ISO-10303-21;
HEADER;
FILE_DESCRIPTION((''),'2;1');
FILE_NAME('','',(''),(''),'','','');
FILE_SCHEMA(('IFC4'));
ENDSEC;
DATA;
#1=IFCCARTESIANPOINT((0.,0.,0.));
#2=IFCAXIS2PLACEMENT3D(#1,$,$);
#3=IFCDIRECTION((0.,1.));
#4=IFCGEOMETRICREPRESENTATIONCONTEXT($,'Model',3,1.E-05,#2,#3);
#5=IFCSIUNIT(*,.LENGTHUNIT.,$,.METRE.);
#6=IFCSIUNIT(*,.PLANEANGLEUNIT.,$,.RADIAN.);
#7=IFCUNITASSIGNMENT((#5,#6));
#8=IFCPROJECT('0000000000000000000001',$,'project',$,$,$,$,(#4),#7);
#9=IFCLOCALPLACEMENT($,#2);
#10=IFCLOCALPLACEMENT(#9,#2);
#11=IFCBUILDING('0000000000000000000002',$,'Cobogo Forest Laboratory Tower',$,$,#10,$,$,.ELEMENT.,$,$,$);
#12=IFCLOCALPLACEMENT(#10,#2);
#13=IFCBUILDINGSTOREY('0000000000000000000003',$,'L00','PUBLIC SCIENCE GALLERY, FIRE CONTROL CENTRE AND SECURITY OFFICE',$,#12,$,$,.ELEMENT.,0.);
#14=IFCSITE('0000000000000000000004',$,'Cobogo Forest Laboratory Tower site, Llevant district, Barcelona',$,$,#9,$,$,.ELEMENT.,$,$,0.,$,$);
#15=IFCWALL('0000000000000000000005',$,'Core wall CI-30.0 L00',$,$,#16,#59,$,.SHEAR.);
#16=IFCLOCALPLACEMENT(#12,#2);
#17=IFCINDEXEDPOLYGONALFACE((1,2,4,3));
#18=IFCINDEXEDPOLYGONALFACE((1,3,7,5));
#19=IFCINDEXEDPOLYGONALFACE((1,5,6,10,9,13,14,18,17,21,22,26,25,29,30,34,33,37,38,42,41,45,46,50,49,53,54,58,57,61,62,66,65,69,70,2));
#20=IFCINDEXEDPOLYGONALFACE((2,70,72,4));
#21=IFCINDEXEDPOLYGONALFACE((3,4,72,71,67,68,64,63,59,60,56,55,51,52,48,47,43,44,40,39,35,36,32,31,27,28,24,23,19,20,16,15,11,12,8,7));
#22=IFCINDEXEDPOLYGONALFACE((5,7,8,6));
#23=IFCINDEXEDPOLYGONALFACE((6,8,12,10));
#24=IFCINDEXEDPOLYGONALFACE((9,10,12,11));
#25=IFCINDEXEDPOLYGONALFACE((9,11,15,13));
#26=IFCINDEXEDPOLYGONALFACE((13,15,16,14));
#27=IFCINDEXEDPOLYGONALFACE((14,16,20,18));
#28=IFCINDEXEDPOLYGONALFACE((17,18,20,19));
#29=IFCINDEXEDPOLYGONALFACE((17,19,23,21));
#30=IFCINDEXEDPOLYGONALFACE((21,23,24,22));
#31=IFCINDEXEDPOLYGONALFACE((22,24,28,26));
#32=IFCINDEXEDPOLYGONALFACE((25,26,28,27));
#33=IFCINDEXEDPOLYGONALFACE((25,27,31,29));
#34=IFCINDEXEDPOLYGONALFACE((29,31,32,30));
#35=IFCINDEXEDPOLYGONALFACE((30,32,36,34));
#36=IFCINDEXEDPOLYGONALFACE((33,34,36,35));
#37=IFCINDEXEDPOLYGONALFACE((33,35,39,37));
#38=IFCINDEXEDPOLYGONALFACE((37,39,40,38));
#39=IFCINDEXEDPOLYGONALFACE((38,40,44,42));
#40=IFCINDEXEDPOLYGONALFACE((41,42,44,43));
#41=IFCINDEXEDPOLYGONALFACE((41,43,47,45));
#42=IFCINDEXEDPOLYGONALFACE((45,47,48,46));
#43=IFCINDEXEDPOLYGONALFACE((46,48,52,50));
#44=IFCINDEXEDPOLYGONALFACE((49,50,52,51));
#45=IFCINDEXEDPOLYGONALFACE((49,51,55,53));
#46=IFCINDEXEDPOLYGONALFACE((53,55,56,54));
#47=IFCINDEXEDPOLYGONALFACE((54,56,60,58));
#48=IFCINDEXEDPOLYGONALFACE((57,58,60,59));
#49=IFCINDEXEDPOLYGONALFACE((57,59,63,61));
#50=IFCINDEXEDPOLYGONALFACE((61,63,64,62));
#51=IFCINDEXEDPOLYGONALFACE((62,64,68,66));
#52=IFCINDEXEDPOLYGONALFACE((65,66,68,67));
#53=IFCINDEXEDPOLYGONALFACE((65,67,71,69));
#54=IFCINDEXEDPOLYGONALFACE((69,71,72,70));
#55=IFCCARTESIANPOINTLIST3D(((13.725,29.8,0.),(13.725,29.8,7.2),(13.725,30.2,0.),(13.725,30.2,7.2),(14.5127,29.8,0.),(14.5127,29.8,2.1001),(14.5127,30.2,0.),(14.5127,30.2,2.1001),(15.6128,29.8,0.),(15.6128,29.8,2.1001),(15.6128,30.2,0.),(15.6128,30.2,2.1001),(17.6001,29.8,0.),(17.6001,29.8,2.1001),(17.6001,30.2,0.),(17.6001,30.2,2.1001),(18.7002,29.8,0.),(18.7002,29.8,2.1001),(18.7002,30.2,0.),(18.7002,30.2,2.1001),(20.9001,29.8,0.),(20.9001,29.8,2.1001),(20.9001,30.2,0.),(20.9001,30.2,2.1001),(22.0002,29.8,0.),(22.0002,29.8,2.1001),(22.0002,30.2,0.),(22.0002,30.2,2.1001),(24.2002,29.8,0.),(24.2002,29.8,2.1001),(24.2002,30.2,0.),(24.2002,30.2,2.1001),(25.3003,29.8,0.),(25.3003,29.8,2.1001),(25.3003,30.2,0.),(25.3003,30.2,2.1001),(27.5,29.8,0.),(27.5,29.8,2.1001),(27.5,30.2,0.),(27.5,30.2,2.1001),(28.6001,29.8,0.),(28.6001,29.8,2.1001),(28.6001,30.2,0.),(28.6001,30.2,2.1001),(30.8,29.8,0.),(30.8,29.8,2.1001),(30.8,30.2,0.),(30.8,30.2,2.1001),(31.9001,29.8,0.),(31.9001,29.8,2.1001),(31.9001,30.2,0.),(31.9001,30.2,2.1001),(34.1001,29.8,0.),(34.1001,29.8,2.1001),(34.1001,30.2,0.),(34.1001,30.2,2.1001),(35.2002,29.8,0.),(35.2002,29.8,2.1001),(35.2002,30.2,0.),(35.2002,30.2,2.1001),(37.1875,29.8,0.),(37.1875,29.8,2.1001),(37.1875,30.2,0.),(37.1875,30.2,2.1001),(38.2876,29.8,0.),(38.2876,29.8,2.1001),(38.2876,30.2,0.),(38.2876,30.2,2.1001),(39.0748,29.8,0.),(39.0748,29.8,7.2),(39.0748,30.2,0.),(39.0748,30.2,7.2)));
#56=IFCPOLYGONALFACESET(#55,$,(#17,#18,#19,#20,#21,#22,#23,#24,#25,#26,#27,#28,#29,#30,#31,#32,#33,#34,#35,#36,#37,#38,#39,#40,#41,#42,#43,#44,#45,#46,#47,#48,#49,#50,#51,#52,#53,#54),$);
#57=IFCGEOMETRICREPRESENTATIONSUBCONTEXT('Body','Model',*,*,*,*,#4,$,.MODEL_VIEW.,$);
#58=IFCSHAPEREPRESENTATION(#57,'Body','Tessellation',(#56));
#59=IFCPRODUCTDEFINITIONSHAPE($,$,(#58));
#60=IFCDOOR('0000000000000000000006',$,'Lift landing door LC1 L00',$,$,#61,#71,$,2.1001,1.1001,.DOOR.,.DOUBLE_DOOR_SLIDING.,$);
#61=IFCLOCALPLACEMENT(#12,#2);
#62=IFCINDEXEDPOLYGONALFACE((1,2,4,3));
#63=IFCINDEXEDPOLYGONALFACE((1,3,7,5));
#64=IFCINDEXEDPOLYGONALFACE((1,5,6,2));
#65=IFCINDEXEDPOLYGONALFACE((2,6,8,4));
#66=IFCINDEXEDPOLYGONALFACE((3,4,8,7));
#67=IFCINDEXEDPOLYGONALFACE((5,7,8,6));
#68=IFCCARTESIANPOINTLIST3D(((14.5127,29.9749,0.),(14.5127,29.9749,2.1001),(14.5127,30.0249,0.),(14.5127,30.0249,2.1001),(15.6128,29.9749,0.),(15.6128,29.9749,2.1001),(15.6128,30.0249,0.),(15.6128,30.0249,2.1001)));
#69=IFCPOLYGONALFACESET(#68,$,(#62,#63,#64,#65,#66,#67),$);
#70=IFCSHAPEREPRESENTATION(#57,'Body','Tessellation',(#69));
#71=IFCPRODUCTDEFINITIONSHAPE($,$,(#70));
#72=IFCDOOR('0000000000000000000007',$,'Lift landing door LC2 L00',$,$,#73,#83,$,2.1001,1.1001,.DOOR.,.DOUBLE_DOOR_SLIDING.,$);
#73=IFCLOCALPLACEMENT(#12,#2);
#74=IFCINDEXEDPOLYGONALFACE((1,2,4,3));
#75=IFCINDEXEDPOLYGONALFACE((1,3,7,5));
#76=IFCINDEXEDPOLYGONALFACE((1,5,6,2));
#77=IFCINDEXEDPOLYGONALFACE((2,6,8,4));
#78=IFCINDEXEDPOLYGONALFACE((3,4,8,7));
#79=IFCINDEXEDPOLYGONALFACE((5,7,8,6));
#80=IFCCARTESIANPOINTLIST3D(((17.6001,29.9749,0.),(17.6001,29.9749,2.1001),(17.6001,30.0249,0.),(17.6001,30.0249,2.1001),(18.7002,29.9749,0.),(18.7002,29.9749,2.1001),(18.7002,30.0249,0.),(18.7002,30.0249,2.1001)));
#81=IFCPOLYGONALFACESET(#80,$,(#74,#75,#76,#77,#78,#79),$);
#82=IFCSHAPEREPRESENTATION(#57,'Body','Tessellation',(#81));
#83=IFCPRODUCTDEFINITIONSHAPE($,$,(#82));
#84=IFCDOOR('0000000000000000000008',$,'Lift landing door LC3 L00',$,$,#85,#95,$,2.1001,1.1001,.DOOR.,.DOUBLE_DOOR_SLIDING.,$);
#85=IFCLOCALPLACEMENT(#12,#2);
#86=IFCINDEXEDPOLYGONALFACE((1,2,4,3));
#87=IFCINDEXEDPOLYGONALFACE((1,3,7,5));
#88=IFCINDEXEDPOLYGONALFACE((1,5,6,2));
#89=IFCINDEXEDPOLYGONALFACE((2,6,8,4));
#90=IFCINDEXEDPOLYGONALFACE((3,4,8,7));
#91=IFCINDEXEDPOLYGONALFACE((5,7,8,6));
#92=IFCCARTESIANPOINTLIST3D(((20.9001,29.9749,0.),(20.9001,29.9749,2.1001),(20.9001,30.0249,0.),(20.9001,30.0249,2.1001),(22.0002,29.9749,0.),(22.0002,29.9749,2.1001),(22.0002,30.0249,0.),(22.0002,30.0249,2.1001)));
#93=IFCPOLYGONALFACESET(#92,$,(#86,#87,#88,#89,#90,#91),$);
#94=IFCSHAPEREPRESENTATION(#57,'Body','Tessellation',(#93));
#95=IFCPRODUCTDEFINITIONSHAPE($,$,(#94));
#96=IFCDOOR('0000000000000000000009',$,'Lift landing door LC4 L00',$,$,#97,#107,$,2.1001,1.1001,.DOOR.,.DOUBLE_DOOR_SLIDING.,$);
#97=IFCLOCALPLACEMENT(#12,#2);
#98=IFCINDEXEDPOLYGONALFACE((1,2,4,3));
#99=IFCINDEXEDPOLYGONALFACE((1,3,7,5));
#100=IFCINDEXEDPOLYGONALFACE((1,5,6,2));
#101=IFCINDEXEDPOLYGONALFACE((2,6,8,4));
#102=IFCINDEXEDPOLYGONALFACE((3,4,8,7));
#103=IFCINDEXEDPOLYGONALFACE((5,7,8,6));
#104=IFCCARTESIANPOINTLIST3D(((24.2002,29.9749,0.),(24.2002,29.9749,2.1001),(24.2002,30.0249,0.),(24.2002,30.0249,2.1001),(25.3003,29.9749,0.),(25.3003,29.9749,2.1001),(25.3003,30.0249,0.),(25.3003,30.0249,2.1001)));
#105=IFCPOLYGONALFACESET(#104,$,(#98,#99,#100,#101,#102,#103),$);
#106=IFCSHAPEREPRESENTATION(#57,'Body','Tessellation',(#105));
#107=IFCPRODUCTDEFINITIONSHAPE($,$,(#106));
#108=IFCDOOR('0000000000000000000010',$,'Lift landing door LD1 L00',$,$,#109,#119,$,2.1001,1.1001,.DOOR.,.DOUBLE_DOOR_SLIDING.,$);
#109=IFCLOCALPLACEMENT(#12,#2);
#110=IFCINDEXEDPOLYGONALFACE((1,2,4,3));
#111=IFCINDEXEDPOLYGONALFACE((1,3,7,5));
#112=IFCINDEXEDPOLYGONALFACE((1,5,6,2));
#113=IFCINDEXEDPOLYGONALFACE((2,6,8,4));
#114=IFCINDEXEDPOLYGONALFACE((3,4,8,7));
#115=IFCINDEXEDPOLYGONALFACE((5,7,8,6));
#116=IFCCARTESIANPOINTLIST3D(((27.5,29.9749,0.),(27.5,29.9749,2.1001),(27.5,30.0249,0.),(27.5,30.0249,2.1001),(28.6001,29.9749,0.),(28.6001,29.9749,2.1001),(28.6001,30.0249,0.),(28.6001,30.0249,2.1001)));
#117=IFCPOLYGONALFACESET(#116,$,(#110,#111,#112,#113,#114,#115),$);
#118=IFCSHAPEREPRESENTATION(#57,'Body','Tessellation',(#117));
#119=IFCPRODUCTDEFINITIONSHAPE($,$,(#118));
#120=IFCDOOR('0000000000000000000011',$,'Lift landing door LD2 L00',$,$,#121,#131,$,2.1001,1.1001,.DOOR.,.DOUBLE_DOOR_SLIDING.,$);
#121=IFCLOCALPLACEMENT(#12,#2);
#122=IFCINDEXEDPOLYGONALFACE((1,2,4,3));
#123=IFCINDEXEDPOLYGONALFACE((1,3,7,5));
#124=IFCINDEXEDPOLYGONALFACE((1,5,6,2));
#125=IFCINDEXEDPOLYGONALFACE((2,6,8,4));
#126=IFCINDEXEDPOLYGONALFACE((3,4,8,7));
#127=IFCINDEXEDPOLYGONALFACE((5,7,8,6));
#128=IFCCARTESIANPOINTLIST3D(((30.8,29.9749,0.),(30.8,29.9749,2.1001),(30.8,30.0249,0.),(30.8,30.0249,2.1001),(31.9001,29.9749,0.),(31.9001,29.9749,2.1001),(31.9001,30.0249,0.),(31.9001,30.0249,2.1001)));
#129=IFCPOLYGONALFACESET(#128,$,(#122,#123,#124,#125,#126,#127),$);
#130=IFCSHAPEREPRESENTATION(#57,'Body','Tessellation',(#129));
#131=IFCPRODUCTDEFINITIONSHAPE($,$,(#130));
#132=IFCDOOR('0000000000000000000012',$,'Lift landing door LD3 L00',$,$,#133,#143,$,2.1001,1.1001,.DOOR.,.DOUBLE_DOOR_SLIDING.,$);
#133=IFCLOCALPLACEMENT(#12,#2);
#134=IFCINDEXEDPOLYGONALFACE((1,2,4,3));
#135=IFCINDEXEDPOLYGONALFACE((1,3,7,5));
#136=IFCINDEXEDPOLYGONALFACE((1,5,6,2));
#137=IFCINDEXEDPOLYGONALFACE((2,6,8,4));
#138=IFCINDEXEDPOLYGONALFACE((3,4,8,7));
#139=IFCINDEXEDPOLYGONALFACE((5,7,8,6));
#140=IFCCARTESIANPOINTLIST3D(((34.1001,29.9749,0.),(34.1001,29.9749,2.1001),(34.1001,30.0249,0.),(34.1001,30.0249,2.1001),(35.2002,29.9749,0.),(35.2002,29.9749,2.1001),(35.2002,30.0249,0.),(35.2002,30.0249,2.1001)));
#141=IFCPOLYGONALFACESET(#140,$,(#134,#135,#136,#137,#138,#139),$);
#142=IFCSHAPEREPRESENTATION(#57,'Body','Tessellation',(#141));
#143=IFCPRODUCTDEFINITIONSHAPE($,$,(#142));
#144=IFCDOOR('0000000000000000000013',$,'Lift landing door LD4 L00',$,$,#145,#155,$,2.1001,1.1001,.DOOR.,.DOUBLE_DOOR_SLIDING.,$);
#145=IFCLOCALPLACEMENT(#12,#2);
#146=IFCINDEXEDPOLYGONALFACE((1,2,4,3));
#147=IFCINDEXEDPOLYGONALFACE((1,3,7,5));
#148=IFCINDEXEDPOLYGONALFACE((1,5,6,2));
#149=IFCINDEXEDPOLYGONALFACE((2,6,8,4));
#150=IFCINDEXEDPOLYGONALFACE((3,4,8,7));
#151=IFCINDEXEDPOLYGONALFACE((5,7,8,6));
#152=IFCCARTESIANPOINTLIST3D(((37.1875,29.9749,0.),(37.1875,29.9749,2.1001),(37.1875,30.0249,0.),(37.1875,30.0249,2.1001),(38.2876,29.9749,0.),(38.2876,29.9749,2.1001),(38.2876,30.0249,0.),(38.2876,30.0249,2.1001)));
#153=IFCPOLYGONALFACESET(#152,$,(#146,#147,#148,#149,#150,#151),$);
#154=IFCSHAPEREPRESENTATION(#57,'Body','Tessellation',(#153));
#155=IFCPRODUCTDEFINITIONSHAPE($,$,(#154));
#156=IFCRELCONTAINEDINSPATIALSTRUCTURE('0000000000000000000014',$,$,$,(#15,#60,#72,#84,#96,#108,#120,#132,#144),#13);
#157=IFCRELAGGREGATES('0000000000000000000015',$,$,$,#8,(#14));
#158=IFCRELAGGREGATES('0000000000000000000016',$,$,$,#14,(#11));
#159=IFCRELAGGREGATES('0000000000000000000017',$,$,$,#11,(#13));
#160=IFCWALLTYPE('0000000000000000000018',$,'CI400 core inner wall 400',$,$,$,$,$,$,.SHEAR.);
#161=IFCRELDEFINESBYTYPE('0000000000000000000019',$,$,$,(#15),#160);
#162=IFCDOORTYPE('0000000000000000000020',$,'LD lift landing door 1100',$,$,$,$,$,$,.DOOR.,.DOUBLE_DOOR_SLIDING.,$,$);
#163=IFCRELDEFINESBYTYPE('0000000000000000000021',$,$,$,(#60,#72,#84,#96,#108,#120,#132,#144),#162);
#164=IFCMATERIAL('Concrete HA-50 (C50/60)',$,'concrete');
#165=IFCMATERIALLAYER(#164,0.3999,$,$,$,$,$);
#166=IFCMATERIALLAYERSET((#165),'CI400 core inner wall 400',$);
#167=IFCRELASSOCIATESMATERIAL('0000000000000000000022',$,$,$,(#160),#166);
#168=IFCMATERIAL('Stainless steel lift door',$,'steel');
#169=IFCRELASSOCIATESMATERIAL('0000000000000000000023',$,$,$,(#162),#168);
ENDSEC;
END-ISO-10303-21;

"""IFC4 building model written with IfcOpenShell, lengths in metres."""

from ifc_helpers import new_model, si_unit, direction, frame, frame_2d, origin, place, context, subcontext, project, spatial, rectangle, extrude, material, layer, layer_set, type_object, element, fill, save


model = new_model("IFC4")

# Units and contexts
model_context = context("Model", 3, precision=1e-05, world=origin(), true_north=direction((0.0, 1.0)))
body_context = subcontext(model_context, "Body", "Model", "MODEL_VIEW")
ifc_project = project(units=[si_unit("LENGTHUNIT", "METRE"), si_unit("PLANEANGLEUNIT", "RADIAN")], contexts=[model_context])

# Site, building, storey
site_placement = place(None, origin())
site = spatial("IfcSite", under=ifc_project, at=site_placement, Name="Cobogo Forest Laboratory Tower site, Llevant district, Barcelona", CompositionType="ELEMENT", RefElevation=0.0)
building_placement = place(site_placement, origin())
building = spatial("IfcBuilding", under=site, at=building_placement, Name="Cobogo Forest Laboratory Tower", CompositionType="ELEMENT")
storey_placement = place(building_placement, origin())
storey = spatial("IfcBuildingStorey", under=building, at=storey_placement, Name="L00", Description="PUBLIC SCIENCE GALLERY, FIRE CONTROL CENTRE AND SECURITY OFFICE", CompositionType="ELEMENT", Elevation=0.0)

# Wall, openings, doors
ifc_material_1 = material(Name="Concrete HA-50 (C50/60)", Category="concrete")
ifc_layer_1 = layer(ifc_material_1, 0.3999)
ifc_layer_set_1 = layer_set([ifc_layer_1], Name="CI400 core inner wall 400")
wall_type_1 = type_object("IfcWallType", Name="CI400 core inner wall 400", PredefinedType="SHEAR", material=ifc_layer_set_1)
ifc_material_2 = material(Name="Stainless steel lift door", Category="steel")
door_type_1 = type_object("IfcDoorType", Name="LD lift landing door 1100", OperationType="DOUBLE_DOOR_SLIDING", PredefinedType="DOOR", material=ifc_material_2)
wall_1_placement = place(storey_placement, frame((13.7251, 30.0, 0.0), z_axis=(0.0, 0.0, 1.0), x_axis=(1.0, 0.0, 0.0)))
wall_1 = element("IfcWall", 1, at=wall_1_placement, inside=storey, type_object=wall_type_1, Name="Core wall CI-30.0 L00", PredefinedType="SHEAR", context=body_context, shape_type="SweptSolid", body=[
    extrude(rectangle(XDim=25.3499, YDim=0.3999, at=frame_2d((12.6748, 0.0))), origin(), (0.0, 0.0, 1.0), 7.2),
])
opening_1_placement = place(wall_1_placement, frame((0.7876, 0.0, 0.0)))
opening_1 = element("IfcOpeningElement", 2, at=opening_1_placement, cuts=wall_1, PredefinedType="OPENING", context=body_context, shape_type="SweptSolid", body=[
    extrude(rectangle(XDim=1.1001, YDim=2.1001, at=frame_2d((0.55, 1.05))), frame((0.0, 0.21, 0.0), z_axis=(0.0, -1.0, 0.0), x_axis=(1.0, 0.0, 0.0)), (0.0, 0.0, 1.0), 0.4199),
])
opening_2_placement = place(wall_1_placement, frame((3.875, 0.0, 0.0)))
opening_2 = element("IfcOpeningElement", 3, at=opening_2_placement, cuts=wall_1, PredefinedType="OPENING", context=body_context, shape_type="SweptSolid", body=[
    extrude(rectangle(XDim=1.1001, YDim=2.1001, at=frame_2d((0.55, 1.05))), frame((0.0, 0.21, 0.0), z_axis=(0.0, -1.0, 0.0), x_axis=(1.0, 0.0, 0.0)), (0.0, 0.0, 1.0), 0.4199),
])
opening_3_placement = place(wall_1_placement, frame((7.175, 0.0, 0.0)))
opening_3 = element("IfcOpeningElement", 4, at=opening_3_placement, cuts=wall_1, PredefinedType="OPENING", context=body_context, shape_type="SweptSolid", body=[
    extrude(rectangle(XDim=1.1001, YDim=2.1001, at=frame_2d((0.55, 1.05))), frame((0.0, 0.21, 0.0), z_axis=(0.0, -1.0, 0.0), x_axis=(1.0, 0.0, 0.0)), (0.0, 0.0, 1.0), 0.4199),
])
opening_4_placement = place(wall_1_placement, frame((10.4751, 0.0, 0.0)))
opening_4 = element("IfcOpeningElement", 5, at=opening_4_placement, cuts=wall_1, PredefinedType="OPENING", context=body_context, shape_type="SweptSolid", body=[
    extrude(rectangle(XDim=1.1001, YDim=2.1001, at=frame_2d((0.55, 1.05))), frame((0.0, 0.21, 0.0), z_axis=(0.0, -1.0, 0.0), x_axis=(1.0, 0.0, 0.0)), (0.0, 0.0, 1.0), 0.4199),
])
opening_5_placement = place(wall_1_placement, frame((13.7749, 0.0, 0.0)))
opening_5 = element("IfcOpeningElement", 6, at=opening_5_placement, cuts=wall_1, PredefinedType="OPENING", context=body_context, shape_type="SweptSolid", body=[
    extrude(rectangle(XDim=1.1001, YDim=2.1001, at=frame_2d((0.55, 1.05))), frame((0.0, 0.21, 0.0), z_axis=(0.0, -1.0, 0.0), x_axis=(1.0, 0.0, 0.0)), (0.0, 0.0, 1.0), 0.4199),
])
opening_6_placement = place(wall_1_placement, frame((17.075, 0.0, 0.0)))
opening_6 = element("IfcOpeningElement", 7, at=opening_6_placement, cuts=wall_1, PredefinedType="OPENING", context=body_context, shape_type="SweptSolid", body=[
    extrude(rectangle(XDim=1.1001, YDim=2.1001, at=frame_2d((0.55, 1.05))), frame((0.0, 0.21, 0.0), z_axis=(0.0, -1.0, 0.0), x_axis=(1.0, 0.0, 0.0)), (0.0, 0.0, 1.0), 0.4199),
])
opening_7_placement = place(wall_1_placement, frame((20.375, 0.0, 0.0)))
opening_7 = element("IfcOpeningElement", 8, at=opening_7_placement, cuts=wall_1, PredefinedType="OPENING", context=body_context, shape_type="SweptSolid", body=[
    extrude(rectangle(XDim=1.1001, YDim=2.1001, at=frame_2d((0.55, 1.05))), frame((0.0, 0.21, 0.0), z_axis=(0.0, -1.0, 0.0), x_axis=(1.0, 0.0, 0.0)), (0.0, 0.0, 1.0), 0.4199),
])
opening_8_placement = place(wall_1_placement, frame((23.4624, 0.0, 0.0)))
opening_8 = element("IfcOpeningElement", 9, at=opening_8_placement, cuts=wall_1, PredefinedType="OPENING", context=body_context, shape_type="SweptSolid", body=[
    extrude(rectangle(XDim=1.1001, YDim=2.1001, at=frame_2d((0.55, 1.05))), frame((0.0, 0.21, 0.0), z_axis=(0.0, -1.0, 0.0), x_axis=(1.0, 0.0, 0.0)), (0.0, 0.0, 1.0), 0.4199),
])
door_1_placement = place(opening_1_placement, origin())
door_1 = element("IfcDoor", 10, at=door_1_placement, inside=storey, type_object=door_type_1, Name="Lift landing door LC1 L00", OperationType="DOUBLE_DOOR_SLIDING", OverallHeight=2.1001, OverallWidth=1.1001, PredefinedType="DOOR", context=body_context, shape_type="SweptSolid", body=[
    extrude(rectangle(XDim=1.1001, YDim=2.1001, at=frame_2d((0.55, 1.05))), frame((0.0, 0.0249, 0.0), z_axis=(0.0, -1.0, 0.0), x_axis=(1.0, 0.0, 0.0)), (0.0, 0.0, 1.0), 0.05),
])
fill(opening_1, door_1)
door_2_placement = place(opening_2_placement, origin())
door_2 = element("IfcDoor", 11, at=door_2_placement, inside=storey, type_object=door_type_1, Name="Lift landing door LC2 L00", OperationType="DOUBLE_DOOR_SLIDING", OverallHeight=2.1001, OverallWidth=1.1001, PredefinedType="DOOR", context=body_context, shape_type="SweptSolid", body=[
    extrude(rectangle(XDim=1.1001, YDim=2.1001, at=frame_2d((0.55, 1.05))), frame((0.0, 0.0249, 0.0), z_axis=(0.0, -1.0, 0.0), x_axis=(1.0, 0.0, 0.0)), (0.0, 0.0, 1.0), 0.05),
])
fill(opening_2, door_2)
door_3_placement = place(opening_3_placement, origin())
door_3 = element("IfcDoor", 12, at=door_3_placement, inside=storey, type_object=door_type_1, Name="Lift landing door LC3 L00", OperationType="DOUBLE_DOOR_SLIDING", OverallHeight=2.1001, OverallWidth=1.1001, PredefinedType="DOOR", context=body_context, shape_type="SweptSolid", body=[
    extrude(rectangle(XDim=1.1001, YDim=2.1001, at=frame_2d((0.55, 1.05))), frame((0.0, 0.0249, 0.0), z_axis=(0.0, -1.0, 0.0), x_axis=(1.0, 0.0, 0.0)), (0.0, 0.0, 1.0), 0.05),
])
fill(opening_3, door_3)
door_4_placement = place(opening_4_placement, origin())
door_4 = element("IfcDoor", 13, at=door_4_placement, inside=storey, type_object=door_type_1, Name="Lift landing door LC4 L00", OperationType="DOUBLE_DOOR_SLIDING", OverallHeight=2.1001, OverallWidth=1.1001, PredefinedType="DOOR", context=body_context, shape_type="SweptSolid", body=[
    extrude(rectangle(XDim=1.1001, YDim=2.1001, at=frame_2d((0.55, 1.05))), frame((0.0, 0.0249, 0.0), z_axis=(0.0, -1.0, 0.0), x_axis=(1.0, 0.0, 0.0)), (0.0, 0.0, 1.0), 0.05),
])
fill(opening_4, door_4)
door_5_placement = place(opening_5_placement, origin())
door_5 = element("IfcDoor", 14, at=door_5_placement, inside=storey, type_object=door_type_1, Name="Lift landing door LD1 L00", OperationType="DOUBLE_DOOR_SLIDING", OverallHeight=2.1001, OverallWidth=1.1001, PredefinedType="DOOR", context=body_context, shape_type="SweptSolid", body=[
    extrude(rectangle(XDim=1.1001, YDim=2.1001, at=frame_2d((0.55, 1.05))), frame((0.0, 0.0249, 0.0), z_axis=(0.0, -1.0, 0.0), x_axis=(1.0, 0.0, 0.0)), (0.0, 0.0, 1.0), 0.05),
])
fill(opening_5, door_5)
door_6_placement = place(opening_6_placement, origin())
door_6 = element("IfcDoor", 15, at=door_6_placement, inside=storey, type_object=door_type_1, Name="Lift landing door LD2 L00", OperationType="DOUBLE_DOOR_SLIDING", OverallHeight=2.1001, OverallWidth=1.1001, PredefinedType="DOOR", context=body_context, shape_type="SweptSolid", body=[
    extrude(rectangle(XDim=1.1001, YDim=2.1001, at=frame_2d((0.55, 1.05))), frame((0.0, 0.0249, 0.0), z_axis=(0.0, -1.0, 0.0), x_axis=(1.0, 0.0, 0.0)), (0.0, 0.0, 1.0), 0.05),
])
fill(opening_6, door_6)
door_7_placement = place(opening_7_placement, origin())
door_7 = element("IfcDoor", 16, at=door_7_placement, inside=storey, type_object=door_type_1, Name="Lift landing door LD3 L00", OperationType="DOUBLE_DOOR_SLIDING", OverallHeight=2.1001, OverallWidth=1.1001, PredefinedType="DOOR", context=body_context, shape_type="SweptSolid", body=[
    extrude(rectangle(XDim=1.1001, YDim=2.1001, at=frame_2d((0.55, 1.05))), frame((0.0, 0.0249, 0.0), z_axis=(0.0, -1.0, 0.0), x_axis=(1.0, 0.0, 0.0)), (0.0, 0.0, 1.0), 0.05),
])
fill(opening_7, door_7)
door_8_placement = place(opening_8_placement, origin())
door_8 = element("IfcDoor", 17, at=door_8_placement, inside=storey, type_object=door_type_1, Name="Lift landing door LD4 L00", OperationType="DOUBLE_DOOR_SLIDING", OverallHeight=2.1001, OverallWidth=1.1001, PredefinedType="DOOR", context=body_context, shape_type="SweptSolid", body=[
    extrude(rectangle(XDim=1.1001, YDim=2.1001, at=frame_2d((0.55, 1.05))), frame((0.0, 0.0249, 0.0), z_axis=(0.0, -1.0, 0.0), x_axis=(1.0, 0.0, 0.0)), (0.0, 0.0, 1.0), 0.05),
])
fill(opening_8, door_8)

save(model, "model.ifc")
